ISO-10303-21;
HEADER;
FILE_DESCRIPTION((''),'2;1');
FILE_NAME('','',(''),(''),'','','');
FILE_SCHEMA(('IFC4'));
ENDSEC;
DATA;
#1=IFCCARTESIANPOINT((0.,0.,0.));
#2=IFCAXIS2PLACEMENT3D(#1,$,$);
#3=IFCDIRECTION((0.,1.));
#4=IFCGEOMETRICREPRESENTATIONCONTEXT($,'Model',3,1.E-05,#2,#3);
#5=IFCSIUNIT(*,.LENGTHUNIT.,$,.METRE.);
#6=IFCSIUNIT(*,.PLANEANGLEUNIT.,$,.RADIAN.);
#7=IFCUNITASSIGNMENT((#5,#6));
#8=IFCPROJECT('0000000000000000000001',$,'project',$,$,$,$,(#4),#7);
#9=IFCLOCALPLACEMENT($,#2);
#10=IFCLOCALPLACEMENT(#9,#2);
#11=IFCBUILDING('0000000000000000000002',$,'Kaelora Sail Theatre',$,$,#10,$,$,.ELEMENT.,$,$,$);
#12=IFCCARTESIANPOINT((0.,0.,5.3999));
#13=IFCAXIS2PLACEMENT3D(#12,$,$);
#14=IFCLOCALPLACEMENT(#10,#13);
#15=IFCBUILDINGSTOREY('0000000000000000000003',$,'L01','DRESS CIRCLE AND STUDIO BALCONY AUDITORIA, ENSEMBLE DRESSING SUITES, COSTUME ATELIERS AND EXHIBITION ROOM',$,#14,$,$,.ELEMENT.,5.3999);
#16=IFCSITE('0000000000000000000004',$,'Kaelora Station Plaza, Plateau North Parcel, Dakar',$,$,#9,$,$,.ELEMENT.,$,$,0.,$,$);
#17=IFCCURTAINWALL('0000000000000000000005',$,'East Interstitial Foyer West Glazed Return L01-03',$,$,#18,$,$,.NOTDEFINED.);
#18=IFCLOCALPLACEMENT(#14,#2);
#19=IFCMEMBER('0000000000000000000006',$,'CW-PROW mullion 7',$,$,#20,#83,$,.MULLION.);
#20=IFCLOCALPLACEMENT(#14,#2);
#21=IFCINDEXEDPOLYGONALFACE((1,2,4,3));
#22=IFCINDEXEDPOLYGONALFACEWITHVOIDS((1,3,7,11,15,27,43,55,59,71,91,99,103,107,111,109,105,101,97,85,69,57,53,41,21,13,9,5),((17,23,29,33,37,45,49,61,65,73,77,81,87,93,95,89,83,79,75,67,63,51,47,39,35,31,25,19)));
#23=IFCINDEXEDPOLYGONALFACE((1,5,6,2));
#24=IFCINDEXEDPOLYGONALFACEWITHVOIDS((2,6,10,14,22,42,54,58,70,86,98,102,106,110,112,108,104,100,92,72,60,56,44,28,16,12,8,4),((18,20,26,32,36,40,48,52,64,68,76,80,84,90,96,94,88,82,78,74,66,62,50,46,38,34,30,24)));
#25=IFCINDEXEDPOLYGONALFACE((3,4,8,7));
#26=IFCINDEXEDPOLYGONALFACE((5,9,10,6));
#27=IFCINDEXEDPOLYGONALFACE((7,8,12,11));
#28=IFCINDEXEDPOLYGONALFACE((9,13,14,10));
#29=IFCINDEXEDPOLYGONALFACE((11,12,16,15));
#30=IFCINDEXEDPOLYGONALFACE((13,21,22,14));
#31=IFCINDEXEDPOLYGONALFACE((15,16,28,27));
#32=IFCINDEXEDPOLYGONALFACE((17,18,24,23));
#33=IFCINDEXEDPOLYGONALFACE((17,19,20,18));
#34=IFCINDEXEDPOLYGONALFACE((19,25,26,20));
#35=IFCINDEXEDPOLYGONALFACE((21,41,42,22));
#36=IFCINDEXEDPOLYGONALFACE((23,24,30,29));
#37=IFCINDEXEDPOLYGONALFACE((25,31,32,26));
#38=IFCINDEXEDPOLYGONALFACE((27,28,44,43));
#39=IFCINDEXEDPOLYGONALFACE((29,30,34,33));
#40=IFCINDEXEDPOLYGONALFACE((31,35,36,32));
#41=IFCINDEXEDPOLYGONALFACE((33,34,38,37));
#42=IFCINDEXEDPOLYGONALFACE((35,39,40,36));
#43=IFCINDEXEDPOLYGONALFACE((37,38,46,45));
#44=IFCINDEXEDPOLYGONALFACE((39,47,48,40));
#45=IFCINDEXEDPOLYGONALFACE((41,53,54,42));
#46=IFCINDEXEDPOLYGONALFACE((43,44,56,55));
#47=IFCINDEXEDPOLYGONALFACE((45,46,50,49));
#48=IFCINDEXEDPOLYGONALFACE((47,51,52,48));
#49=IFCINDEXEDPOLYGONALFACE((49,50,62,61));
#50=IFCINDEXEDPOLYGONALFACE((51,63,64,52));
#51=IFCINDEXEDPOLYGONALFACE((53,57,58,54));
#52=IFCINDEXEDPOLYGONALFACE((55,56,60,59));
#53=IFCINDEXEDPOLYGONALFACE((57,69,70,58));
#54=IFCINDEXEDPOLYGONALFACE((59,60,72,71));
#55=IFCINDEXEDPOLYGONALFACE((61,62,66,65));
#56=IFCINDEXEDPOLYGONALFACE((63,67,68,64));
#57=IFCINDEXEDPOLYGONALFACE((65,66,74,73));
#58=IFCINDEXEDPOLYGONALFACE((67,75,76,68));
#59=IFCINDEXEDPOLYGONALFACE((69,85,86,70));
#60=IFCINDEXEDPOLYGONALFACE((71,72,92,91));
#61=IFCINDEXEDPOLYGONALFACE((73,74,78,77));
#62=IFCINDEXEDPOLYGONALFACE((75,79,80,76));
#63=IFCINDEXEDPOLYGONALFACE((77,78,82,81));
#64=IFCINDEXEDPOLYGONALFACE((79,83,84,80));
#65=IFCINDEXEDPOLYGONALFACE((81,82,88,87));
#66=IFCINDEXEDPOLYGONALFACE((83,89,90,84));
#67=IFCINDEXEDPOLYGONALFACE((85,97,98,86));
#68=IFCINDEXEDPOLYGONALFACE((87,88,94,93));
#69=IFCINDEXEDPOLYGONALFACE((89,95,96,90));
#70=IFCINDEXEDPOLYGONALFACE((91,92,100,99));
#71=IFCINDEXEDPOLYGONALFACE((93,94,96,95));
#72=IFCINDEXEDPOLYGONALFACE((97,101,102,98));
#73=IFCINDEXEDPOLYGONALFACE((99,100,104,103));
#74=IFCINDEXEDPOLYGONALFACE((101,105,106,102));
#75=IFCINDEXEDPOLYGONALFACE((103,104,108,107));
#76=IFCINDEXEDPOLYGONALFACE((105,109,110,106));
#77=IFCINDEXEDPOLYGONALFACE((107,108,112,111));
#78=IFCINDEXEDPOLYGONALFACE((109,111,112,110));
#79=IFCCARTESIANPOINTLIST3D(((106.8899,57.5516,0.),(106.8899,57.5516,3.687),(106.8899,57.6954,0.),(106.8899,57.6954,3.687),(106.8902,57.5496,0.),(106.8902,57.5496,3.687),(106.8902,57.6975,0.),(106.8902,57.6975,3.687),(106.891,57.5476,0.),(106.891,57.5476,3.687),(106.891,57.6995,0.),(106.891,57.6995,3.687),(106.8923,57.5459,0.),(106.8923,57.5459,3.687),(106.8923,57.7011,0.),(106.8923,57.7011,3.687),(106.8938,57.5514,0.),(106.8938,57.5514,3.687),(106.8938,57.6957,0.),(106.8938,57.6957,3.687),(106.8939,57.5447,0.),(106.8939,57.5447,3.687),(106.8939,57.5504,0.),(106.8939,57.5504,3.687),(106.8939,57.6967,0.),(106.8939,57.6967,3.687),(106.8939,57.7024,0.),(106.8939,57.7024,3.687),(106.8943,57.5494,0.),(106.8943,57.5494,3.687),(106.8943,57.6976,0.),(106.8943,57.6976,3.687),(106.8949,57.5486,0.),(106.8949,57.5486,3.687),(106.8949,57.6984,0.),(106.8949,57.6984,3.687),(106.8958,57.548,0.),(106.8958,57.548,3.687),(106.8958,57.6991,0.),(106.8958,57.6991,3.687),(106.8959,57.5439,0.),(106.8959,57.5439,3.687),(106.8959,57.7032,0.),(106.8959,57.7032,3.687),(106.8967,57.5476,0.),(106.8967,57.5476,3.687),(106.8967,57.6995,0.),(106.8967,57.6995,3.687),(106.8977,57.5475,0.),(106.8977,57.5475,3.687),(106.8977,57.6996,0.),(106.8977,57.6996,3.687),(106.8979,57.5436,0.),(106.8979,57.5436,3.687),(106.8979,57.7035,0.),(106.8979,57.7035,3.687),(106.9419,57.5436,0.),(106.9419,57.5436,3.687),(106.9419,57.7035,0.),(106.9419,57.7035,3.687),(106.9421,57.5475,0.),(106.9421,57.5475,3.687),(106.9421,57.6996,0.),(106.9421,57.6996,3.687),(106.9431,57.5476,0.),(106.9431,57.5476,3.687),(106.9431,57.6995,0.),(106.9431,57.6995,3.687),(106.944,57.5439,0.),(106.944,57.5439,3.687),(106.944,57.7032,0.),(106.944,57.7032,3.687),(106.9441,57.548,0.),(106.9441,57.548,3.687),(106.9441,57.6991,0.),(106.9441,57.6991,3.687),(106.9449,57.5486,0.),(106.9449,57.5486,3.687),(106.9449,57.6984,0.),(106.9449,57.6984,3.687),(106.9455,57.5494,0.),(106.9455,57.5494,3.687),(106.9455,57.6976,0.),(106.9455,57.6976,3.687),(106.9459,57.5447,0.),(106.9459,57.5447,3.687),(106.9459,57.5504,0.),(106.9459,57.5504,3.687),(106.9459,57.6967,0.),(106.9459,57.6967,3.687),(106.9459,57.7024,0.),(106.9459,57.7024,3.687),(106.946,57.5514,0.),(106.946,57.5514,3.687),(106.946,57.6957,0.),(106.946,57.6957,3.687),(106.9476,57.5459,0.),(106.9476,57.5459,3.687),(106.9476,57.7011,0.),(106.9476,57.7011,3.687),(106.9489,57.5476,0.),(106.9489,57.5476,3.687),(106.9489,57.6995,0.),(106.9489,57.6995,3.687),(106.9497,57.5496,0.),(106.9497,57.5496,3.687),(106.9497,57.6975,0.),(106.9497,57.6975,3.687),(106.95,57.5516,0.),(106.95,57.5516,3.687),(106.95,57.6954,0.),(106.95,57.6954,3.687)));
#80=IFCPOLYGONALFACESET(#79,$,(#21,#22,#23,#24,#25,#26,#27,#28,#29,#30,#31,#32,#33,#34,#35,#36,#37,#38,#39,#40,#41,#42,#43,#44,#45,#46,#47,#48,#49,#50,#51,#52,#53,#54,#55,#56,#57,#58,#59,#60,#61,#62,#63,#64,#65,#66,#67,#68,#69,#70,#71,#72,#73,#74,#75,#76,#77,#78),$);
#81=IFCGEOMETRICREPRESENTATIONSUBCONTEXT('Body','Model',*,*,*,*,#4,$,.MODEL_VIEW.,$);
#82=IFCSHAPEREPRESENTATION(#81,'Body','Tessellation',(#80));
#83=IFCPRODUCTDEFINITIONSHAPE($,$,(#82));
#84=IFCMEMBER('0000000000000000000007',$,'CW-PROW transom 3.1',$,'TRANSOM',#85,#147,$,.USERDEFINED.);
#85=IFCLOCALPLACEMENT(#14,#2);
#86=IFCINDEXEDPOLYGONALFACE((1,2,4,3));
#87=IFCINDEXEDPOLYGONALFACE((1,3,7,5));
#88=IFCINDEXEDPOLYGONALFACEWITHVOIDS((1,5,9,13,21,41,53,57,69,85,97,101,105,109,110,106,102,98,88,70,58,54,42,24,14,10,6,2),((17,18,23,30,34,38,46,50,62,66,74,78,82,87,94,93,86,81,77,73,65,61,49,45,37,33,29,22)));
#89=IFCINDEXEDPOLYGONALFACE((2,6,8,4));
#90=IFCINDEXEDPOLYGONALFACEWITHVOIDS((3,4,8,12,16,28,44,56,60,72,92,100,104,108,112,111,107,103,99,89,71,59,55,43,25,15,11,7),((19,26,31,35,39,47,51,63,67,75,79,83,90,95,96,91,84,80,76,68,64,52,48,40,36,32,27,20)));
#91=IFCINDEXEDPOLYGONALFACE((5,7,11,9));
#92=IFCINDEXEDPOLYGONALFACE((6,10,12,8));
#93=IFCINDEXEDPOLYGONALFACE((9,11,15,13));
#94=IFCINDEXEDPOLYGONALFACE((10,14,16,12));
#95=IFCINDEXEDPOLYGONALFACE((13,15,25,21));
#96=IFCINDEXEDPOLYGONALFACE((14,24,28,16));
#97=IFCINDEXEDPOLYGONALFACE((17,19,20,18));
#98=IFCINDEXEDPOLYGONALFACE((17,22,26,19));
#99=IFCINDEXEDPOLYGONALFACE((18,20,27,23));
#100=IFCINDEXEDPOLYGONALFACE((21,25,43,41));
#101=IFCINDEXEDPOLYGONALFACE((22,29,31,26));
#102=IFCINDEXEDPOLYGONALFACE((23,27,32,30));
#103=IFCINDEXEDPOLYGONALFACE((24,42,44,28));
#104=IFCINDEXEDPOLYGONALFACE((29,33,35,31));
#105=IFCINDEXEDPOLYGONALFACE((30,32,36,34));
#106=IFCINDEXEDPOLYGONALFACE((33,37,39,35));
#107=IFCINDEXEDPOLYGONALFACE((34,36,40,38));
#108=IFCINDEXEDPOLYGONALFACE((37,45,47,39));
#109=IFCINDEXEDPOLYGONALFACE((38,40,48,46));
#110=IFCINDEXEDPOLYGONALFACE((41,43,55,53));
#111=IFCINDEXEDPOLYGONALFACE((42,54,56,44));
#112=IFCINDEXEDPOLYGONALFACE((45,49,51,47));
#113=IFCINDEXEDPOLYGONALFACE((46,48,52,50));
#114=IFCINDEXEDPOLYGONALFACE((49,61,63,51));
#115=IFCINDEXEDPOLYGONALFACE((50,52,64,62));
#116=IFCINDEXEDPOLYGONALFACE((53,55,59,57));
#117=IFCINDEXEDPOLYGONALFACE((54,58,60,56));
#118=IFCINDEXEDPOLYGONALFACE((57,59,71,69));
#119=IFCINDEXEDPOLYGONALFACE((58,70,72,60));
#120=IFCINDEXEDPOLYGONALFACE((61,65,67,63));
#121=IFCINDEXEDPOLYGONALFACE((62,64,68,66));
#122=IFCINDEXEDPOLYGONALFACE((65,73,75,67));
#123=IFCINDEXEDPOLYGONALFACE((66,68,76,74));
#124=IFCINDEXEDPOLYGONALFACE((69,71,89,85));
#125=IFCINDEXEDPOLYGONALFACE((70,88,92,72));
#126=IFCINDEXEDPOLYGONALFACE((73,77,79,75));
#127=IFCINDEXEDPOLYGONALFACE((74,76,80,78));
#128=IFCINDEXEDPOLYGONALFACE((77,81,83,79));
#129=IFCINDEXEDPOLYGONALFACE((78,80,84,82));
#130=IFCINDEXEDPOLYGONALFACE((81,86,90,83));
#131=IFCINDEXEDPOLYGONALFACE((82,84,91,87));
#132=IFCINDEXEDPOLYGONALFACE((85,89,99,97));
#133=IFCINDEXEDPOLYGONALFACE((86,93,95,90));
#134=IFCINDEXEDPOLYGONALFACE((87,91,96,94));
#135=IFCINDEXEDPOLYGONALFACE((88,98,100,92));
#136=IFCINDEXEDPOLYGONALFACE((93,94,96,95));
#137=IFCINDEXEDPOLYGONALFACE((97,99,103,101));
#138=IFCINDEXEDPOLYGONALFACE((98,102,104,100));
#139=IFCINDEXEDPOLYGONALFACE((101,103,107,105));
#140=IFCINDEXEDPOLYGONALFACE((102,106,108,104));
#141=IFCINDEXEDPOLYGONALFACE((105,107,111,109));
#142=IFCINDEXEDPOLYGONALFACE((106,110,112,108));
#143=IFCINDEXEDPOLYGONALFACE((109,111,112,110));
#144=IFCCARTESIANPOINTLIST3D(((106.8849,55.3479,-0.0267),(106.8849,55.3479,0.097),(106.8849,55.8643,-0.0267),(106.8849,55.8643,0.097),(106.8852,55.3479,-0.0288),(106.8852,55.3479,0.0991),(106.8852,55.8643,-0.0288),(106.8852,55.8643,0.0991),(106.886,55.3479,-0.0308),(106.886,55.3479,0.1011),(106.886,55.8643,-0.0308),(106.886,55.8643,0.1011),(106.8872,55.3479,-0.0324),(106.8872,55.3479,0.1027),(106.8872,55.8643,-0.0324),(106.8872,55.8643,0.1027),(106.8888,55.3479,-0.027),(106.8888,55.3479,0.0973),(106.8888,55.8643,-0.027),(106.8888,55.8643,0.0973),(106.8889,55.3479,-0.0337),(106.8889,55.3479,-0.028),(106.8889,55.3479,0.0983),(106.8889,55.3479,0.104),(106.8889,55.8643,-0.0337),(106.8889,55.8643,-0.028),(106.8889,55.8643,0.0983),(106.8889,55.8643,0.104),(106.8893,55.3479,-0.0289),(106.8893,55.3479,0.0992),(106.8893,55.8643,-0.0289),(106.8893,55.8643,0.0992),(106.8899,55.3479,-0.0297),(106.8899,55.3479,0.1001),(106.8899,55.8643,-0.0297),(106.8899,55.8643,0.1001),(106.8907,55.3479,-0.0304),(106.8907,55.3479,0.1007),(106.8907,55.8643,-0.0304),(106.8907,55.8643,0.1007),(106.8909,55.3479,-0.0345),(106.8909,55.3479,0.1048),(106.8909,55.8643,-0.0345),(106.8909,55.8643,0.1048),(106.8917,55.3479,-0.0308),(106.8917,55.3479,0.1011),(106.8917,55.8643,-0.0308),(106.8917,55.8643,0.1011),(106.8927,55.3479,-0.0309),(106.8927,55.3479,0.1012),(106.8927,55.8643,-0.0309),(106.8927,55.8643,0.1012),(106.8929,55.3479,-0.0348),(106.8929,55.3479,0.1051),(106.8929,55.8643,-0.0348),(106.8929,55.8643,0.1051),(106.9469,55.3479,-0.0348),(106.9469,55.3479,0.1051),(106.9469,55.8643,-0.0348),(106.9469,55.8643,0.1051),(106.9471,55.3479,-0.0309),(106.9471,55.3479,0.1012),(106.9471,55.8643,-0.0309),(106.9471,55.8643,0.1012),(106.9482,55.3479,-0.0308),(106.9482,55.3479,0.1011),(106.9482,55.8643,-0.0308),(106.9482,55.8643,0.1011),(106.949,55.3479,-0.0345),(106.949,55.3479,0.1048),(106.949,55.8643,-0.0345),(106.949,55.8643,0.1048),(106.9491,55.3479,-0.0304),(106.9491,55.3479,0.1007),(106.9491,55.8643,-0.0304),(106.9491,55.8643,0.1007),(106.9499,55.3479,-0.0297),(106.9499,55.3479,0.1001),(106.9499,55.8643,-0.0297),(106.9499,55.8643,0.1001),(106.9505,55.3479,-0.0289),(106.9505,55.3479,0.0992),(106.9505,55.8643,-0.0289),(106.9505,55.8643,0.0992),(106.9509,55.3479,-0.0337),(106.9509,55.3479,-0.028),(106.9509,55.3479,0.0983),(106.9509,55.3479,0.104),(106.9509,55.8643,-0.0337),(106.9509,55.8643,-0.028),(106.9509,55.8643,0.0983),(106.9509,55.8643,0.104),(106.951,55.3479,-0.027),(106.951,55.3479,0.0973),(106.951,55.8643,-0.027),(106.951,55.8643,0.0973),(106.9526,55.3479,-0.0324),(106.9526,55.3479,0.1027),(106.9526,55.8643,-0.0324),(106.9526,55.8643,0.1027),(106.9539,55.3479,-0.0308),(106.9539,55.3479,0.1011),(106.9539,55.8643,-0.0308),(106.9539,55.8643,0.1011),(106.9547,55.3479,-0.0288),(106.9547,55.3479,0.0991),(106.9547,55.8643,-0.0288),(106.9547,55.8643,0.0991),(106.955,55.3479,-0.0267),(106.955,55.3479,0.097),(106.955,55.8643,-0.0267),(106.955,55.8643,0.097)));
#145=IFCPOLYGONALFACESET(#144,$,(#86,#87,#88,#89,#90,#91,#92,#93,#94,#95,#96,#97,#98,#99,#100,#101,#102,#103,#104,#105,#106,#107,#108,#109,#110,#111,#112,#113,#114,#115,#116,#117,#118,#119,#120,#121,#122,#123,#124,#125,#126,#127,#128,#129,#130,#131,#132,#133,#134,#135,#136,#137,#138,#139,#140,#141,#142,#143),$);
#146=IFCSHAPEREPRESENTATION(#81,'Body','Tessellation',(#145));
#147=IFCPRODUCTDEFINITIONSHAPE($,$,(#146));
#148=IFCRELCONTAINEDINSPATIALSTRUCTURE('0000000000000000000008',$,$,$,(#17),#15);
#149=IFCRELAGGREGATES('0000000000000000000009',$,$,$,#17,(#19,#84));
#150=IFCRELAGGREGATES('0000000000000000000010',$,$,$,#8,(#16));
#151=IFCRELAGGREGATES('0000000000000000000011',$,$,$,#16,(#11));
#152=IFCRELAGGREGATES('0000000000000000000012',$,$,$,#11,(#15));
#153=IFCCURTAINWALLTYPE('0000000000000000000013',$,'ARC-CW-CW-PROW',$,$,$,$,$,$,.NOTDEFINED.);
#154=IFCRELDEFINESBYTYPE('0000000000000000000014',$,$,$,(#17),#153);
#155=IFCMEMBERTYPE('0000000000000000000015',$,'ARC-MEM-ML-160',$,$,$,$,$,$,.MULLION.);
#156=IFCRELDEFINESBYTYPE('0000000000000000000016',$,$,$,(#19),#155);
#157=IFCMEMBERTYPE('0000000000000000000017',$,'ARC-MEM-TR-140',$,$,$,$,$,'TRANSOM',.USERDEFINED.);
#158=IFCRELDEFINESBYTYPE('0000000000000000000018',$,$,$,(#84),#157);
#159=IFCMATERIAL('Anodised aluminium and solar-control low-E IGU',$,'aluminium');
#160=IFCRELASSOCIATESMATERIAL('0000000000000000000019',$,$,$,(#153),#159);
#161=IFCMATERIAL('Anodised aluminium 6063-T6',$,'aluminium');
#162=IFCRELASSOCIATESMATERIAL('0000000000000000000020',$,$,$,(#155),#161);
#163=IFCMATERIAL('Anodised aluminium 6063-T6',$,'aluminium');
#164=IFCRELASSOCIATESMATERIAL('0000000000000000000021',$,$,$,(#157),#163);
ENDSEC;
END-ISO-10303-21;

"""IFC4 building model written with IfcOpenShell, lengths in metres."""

from ifc_helpers import new_model, si_unit, direction, frame, origin, origin_2d, place, context, subcontext, project, spatial, hollow_rectangle, extrude, material, material_profile, profile_set, type_object, element, aggregate, save


model = new_model("IFC4")

# Units and contexts
model_context = context("Model", 3, precision=1e-05, world=origin(), true_north=direction((0.0, 1.0)))
body_context = subcontext(model_context, "Body", "Model", "MODEL_VIEW")
ifc_project = project(units=[si_unit("LENGTHUNIT", "METRE"), si_unit("PLANEANGLEUNIT", "RADIAN")], contexts=[model_context])

# Site, building, storey
site_placement = place(None, origin())
site = spatial("IfcSite", under=ifc_project, at=site_placement, Name="Kaelora Station Plaza, Plateau North Parcel, Dakar", CompositionType="ELEMENT", RefElevation=0.0)
building_placement = place(site_placement, origin())
building = spatial("IfcBuilding", under=site, at=building_placement, Name="Kaelora Sail Theatre", CompositionType="ELEMENT")
storey_placement = place(building_placement, frame((0.0, 0.0, 5.3999)))
storey = spatial("IfcBuildingStorey", under=building, at=storey_placement, Name="L01", Description="DRESS CIRCLE AND STUDIO BALCONY AUDITORIA, ENSEMBLE DRESSING SUITES, COSTUME ATELIERS AND EXHIBITION ROOM", CompositionType="ELEMENT", Elevation=5.3999)

# Curtain wall, members
ifc_material_1 = material(Name="Anodised aluminium and solar-control low-E IGU", Category="aluminium")
curtain_wall_type = type_object("IfcCurtainWallType", Name="ARC-CW-CW-PROW", PredefinedType="NOTDEFINED", material=ifc_material_1)
curtain_wall_placement = place(storey_placement, origin())
curtain_wall = element("IfcCurtainWall", 1, at=curtain_wall_placement, inside=storey, type_object=curtain_wall_type, Name="East Interstitial Foyer West Glazed Return L01-03", PredefinedType="NOTDEFINED")
ifc_material_2 = material(Name="Anodised aluminium 6063-T6", Category="aluminium")
ifc_material_profile_1 = material_profile(ifc_material_2, hollow_rectangle(XDim=0.0601, YDim=0.1599, WallThickness=0.0039, InnerFilletRadius=0.0039, OuterFilletRadius=0.0081, at=origin_2d()), Name="ALU-MULL 60x160x4")
ifc_profile_set_1 = profile_set([ifc_material_profile_1], Name="Anodised aluminium 6063-T6")
member_type_1 = type_object("IfcMemberType", Name="ARC-MEM-ML-160", PredefinedType="MULLION", material=ifc_profile_set_1)
member_1_placement = place(storey_placement, frame((106.9199, 57.6235, 0.0), z_axis=(0.0, 0.0, 1.0), x_axis=(-1.0, 0.0, 0.0)))
member_1 = element("IfcMember", 2, at=member_1_placement, type_object=member_type_1, Name="CW-PROW mullion 7", PredefinedType="MULLION", context=body_context, shape_type="SweptSolid", body=[
    extrude(hollow_rectangle(XDim=0.0601, YDim=0.1599, WallThickness=0.0039, InnerFilletRadius=0.0039, OuterFilletRadius=0.0081, at=origin_2d()), origin(), (0.0, 0.0, 1.0), 3.687),
])
ifc_material_3 = material(Name="Anodised aluminium 6063-T6", Category="aluminium")
ifc_material_profile_2 = material_profile(ifc_material_3, hollow_rectangle(XDim=0.0701, YDim=0.1399, WallThickness=0.0039, InnerFilletRadius=0.0039, OuterFilletRadius=0.0081, at=origin_2d()), Name="ALU-TRAN 70x140x4")
ifc_profile_set_2 = profile_set([ifc_material_profile_2], Name="Anodised aluminium 6063-T6")
member_type_2 = type_object("IfcMemberType", Name="ARC-MEM-TR-140", ElementType="TRANSOM", PredefinedType="USERDEFINED", material=ifc_profile_set_2)
member_2_placement = place(storey_placement, frame((106.9199, 55.3479, 0.0352), z_axis=(0.0, 1.0, 0.0), x_axis=(-1.0, 0.0, 0.0)))
member_2 = element("IfcMember", 3, at=member_2_placement, type_object=member_type_2, Name="CW-PROW transom 3.1", ObjectType="TRANSOM", PredefinedType="USERDEFINED", context=body_context, shape_type="SweptSolid", body=[
    extrude(hollow_rectangle(XDim=0.0701, YDim=0.1399, WallThickness=0.0039, InnerFilletRadius=0.0039, OuterFilletRadius=0.0081, at=origin_2d()), origin(), (0.0, 0.0, 1.0), 0.5164),
])
aggregate(curtain_wall, [member_1, member_2])

save(model, "model.ifc")
